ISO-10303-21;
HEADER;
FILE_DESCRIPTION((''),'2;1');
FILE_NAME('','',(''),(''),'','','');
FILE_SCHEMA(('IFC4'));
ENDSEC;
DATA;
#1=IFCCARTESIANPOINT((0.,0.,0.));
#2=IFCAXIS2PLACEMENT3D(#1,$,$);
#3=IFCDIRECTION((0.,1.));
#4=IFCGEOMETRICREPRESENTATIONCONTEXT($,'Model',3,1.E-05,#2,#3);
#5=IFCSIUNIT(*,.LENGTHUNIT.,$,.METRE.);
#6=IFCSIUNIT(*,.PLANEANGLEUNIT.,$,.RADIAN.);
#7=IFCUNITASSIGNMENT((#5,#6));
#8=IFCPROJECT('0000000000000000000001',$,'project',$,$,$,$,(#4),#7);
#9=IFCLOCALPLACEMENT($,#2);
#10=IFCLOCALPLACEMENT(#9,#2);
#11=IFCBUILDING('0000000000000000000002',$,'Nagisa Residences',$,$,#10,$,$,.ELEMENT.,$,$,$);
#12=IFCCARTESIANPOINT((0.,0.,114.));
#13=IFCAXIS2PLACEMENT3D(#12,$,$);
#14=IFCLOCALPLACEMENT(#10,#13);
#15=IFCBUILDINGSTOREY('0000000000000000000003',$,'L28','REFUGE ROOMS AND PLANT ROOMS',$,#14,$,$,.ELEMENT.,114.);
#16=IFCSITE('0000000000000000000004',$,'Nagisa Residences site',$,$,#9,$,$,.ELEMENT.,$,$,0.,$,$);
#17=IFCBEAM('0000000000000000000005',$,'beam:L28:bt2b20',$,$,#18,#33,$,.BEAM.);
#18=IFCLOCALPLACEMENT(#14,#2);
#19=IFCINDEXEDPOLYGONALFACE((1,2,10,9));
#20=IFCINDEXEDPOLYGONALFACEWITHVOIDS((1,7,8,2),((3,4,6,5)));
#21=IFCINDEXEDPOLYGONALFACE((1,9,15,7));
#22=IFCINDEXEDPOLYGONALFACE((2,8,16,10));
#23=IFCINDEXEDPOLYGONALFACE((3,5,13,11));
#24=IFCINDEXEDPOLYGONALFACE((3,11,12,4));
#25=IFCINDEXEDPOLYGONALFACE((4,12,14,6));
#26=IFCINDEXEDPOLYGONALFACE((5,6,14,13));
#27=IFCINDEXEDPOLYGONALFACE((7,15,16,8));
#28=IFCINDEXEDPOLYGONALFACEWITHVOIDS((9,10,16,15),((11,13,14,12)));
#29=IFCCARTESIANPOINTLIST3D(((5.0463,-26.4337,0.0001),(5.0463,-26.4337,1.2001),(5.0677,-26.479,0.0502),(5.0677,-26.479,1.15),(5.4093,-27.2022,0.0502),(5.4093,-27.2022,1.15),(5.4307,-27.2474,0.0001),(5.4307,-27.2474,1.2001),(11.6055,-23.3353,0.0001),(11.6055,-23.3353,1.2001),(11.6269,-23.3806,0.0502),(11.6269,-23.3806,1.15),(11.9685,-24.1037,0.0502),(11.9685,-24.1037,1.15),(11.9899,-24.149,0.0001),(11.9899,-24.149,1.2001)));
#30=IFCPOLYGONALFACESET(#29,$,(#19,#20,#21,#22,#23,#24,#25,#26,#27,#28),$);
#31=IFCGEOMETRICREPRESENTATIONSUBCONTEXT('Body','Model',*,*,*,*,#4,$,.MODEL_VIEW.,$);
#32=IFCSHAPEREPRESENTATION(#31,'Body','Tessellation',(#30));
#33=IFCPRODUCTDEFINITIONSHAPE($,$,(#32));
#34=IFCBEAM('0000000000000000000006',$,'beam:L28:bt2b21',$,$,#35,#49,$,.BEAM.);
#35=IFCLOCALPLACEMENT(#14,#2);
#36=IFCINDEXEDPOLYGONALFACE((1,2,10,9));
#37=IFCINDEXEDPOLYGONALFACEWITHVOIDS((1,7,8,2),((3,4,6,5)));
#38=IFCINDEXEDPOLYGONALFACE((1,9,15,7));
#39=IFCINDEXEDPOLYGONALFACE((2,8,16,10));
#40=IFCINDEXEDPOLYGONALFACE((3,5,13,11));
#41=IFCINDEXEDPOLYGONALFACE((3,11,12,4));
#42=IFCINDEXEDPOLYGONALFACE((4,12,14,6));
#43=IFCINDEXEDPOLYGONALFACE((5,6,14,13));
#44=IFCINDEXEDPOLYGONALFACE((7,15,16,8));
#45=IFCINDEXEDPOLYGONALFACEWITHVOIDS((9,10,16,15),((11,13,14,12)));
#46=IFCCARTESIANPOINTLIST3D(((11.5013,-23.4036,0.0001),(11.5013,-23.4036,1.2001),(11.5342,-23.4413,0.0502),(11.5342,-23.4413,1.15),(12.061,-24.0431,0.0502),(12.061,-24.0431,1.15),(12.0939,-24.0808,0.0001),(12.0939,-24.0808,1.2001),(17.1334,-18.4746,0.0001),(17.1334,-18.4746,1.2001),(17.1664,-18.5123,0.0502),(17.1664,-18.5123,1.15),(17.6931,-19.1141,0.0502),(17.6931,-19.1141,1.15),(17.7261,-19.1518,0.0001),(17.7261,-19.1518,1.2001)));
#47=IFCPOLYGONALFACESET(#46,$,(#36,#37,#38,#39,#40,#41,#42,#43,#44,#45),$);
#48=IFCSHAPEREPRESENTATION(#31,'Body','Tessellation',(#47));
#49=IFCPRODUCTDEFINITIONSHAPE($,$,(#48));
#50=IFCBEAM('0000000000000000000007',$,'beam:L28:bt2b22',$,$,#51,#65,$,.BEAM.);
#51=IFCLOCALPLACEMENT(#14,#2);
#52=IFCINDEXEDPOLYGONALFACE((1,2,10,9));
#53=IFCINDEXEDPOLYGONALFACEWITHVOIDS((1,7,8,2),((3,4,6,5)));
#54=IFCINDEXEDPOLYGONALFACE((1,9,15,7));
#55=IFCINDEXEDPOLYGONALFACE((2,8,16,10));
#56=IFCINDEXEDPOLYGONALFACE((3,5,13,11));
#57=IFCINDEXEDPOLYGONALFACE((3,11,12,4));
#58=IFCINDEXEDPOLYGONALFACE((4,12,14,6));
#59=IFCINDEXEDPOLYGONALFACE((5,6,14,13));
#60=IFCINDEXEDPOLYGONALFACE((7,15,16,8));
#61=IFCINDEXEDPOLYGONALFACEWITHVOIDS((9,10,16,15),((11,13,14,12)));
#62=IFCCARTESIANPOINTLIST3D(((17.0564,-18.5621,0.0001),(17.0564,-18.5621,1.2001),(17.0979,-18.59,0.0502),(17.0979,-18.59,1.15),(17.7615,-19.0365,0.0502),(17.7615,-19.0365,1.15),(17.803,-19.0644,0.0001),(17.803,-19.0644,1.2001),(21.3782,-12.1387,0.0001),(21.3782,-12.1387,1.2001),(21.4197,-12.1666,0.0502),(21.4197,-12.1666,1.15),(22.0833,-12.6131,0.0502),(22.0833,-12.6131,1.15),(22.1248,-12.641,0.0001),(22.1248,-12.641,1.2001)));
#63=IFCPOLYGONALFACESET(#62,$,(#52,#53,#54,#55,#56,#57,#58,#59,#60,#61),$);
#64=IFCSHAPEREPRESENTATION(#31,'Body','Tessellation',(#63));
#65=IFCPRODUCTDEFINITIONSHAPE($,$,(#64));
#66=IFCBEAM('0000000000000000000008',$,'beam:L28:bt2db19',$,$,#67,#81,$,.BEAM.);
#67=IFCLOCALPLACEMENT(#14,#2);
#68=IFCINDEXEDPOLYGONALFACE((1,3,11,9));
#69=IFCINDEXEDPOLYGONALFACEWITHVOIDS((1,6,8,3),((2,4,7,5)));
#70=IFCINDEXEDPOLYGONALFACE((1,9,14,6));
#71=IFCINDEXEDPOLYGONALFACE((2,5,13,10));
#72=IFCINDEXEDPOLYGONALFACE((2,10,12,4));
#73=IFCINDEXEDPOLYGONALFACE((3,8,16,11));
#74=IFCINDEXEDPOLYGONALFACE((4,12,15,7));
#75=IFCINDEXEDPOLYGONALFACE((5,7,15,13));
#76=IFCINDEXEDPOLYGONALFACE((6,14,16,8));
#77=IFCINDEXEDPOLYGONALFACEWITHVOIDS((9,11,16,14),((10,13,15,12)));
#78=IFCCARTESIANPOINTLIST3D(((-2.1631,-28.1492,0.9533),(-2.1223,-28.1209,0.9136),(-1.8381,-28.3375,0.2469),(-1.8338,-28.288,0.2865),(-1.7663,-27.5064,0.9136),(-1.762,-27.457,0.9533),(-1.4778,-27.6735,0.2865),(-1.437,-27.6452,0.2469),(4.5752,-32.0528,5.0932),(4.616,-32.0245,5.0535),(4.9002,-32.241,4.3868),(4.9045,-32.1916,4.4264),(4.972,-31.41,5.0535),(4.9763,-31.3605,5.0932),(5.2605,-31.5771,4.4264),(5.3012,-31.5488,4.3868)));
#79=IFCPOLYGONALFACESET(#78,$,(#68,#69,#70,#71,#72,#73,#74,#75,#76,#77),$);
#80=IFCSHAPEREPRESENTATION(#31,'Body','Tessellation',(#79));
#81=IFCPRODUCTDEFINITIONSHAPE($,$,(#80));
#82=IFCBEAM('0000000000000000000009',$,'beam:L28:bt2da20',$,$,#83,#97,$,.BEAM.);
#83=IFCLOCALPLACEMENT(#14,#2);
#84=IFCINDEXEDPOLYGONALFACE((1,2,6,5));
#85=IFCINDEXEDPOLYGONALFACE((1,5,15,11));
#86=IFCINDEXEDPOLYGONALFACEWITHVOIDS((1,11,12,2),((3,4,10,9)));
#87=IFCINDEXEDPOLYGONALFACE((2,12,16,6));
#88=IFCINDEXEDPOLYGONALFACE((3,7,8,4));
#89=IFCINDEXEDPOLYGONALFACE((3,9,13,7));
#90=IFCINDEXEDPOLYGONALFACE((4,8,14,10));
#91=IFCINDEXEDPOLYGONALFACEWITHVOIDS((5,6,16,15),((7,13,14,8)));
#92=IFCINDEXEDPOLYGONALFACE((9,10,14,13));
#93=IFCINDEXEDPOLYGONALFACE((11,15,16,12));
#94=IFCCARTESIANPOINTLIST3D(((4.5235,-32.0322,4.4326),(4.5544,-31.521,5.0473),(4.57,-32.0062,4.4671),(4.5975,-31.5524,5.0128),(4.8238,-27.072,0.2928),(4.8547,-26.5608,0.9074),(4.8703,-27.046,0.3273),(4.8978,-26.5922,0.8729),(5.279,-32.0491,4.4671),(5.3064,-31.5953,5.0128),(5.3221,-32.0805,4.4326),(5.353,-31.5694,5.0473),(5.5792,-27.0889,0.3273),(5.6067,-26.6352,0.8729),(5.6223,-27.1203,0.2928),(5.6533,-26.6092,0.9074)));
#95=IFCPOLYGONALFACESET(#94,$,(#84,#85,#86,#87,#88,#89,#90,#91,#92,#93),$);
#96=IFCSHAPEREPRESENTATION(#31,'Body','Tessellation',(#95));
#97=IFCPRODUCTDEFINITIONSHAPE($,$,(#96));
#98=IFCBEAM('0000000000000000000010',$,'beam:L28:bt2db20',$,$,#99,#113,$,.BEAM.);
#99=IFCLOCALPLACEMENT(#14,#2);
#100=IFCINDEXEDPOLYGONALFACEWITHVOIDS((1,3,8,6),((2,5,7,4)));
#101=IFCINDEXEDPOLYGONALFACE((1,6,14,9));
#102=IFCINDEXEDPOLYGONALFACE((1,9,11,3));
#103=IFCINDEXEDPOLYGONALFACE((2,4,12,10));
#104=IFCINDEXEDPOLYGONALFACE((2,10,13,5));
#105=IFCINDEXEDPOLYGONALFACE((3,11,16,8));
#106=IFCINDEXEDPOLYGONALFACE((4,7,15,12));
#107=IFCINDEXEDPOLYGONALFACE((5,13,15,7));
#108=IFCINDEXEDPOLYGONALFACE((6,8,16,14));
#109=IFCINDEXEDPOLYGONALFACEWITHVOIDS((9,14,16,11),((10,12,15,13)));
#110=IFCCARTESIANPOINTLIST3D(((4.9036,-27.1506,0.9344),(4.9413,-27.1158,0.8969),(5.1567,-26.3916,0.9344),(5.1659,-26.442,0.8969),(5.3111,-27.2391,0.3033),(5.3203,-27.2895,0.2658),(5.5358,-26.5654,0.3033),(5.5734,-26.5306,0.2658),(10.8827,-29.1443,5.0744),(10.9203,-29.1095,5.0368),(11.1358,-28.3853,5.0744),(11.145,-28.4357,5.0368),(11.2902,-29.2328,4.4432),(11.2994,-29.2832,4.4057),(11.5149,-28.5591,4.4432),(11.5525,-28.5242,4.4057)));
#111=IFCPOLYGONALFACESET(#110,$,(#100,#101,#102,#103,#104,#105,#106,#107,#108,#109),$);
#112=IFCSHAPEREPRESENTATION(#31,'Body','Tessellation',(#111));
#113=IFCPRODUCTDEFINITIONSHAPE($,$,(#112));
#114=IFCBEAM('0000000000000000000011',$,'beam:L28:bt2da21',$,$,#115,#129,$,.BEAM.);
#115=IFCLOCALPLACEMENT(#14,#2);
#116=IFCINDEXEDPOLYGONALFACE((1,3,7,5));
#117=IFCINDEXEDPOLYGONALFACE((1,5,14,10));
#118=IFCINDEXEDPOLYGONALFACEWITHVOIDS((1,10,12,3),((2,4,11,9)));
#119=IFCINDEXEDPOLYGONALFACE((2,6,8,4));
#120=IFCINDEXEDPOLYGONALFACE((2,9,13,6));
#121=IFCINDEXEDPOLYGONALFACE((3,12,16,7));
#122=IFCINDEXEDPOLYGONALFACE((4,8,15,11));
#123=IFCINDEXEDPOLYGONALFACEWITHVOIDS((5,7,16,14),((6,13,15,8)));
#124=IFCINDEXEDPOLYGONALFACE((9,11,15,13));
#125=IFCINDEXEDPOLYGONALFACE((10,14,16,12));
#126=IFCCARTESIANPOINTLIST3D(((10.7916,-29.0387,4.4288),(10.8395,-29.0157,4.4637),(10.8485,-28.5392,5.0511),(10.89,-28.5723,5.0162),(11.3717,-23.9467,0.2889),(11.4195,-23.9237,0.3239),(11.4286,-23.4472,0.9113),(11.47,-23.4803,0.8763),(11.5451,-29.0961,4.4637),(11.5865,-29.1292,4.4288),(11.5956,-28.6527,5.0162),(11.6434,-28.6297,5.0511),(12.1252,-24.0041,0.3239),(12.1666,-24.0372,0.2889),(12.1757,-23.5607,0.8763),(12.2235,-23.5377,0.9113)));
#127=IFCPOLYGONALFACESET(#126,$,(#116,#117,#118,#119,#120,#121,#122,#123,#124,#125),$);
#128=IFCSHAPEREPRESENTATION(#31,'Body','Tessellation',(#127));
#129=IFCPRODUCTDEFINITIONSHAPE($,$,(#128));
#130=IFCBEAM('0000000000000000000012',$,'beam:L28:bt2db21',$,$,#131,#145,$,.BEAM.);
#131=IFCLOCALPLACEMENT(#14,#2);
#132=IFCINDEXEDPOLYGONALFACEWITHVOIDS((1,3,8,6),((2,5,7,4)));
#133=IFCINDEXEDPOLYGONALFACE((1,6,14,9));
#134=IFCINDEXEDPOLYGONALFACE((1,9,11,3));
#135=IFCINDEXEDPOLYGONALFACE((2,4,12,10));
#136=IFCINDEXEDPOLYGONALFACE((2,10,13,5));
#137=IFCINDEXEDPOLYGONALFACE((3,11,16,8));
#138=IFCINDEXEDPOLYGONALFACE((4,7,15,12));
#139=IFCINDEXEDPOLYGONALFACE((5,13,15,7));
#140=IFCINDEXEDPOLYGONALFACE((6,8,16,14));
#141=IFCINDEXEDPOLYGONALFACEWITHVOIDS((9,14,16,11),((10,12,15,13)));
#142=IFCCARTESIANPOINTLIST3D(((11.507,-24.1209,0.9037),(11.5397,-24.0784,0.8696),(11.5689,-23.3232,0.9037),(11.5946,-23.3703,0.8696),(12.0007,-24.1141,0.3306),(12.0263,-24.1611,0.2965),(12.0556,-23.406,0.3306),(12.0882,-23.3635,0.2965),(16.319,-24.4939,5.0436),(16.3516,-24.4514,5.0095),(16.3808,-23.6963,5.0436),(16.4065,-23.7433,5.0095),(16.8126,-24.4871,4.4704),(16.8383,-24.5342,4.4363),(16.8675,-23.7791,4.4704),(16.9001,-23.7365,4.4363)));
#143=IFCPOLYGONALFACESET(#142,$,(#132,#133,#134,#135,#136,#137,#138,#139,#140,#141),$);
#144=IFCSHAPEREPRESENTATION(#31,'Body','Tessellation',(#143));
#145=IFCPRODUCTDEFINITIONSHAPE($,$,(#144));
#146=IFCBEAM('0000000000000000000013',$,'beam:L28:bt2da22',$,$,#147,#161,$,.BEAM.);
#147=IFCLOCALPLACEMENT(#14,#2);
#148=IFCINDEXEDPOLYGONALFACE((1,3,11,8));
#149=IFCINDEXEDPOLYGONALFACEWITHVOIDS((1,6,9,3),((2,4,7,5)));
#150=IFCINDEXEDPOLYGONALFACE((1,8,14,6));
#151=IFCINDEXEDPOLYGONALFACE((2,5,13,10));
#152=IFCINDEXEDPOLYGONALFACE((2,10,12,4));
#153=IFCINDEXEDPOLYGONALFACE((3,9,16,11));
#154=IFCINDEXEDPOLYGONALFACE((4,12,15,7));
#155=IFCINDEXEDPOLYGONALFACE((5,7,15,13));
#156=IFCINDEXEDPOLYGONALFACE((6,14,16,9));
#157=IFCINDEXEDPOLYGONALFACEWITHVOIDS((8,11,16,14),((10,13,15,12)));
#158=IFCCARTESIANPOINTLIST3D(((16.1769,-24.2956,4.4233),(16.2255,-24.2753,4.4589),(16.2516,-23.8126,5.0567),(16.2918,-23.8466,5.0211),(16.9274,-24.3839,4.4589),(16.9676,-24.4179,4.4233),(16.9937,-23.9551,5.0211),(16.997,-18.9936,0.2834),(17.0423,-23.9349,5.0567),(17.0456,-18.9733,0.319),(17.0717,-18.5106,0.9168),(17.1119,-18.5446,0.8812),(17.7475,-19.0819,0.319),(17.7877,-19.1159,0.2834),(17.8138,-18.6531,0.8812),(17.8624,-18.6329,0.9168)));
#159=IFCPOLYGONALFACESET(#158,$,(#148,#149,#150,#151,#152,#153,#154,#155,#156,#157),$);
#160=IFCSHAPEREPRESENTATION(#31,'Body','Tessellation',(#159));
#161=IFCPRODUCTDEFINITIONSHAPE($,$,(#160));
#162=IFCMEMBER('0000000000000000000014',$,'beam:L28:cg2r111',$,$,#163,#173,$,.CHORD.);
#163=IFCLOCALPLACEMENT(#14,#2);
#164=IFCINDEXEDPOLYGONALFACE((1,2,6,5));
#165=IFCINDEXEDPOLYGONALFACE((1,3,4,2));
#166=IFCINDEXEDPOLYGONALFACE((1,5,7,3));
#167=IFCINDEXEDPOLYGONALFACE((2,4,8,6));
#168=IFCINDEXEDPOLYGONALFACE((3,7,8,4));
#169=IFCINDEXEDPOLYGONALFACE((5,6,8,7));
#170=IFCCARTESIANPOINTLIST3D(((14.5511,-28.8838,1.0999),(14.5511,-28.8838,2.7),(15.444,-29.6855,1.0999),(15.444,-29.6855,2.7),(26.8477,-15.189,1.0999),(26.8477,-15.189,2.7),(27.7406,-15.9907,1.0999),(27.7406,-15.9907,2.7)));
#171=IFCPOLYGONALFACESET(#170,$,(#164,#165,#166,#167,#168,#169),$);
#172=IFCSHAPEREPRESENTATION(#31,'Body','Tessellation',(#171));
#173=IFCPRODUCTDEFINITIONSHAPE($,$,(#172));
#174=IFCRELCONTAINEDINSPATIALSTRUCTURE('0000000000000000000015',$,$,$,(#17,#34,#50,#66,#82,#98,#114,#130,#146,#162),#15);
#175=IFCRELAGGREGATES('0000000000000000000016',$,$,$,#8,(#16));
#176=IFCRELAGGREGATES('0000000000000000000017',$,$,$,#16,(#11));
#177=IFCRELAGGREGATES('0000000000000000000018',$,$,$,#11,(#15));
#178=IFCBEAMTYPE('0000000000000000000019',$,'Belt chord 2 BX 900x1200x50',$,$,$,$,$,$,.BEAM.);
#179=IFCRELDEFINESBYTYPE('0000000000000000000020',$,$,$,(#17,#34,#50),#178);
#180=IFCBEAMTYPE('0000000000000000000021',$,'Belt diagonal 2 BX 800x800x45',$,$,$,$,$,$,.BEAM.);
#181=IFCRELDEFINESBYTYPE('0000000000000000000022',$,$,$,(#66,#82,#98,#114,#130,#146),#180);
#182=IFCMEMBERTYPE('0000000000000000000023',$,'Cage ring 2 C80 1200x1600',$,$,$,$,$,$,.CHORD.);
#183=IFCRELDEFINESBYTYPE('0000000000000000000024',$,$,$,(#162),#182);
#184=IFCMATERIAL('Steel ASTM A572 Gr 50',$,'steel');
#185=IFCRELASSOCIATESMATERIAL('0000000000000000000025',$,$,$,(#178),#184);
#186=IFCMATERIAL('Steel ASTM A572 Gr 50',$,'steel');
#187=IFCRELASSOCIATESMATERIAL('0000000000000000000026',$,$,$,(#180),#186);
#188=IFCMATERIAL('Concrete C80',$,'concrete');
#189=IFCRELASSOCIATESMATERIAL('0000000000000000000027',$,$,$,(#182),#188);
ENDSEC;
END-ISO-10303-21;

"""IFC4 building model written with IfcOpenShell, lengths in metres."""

from ifc_helpers import new_model, si_unit, direction, frame, origin, origin_2d, place, context, subcontext, project, spatial, rectangle, hollow_rectangle, extrude, material, material_profile, profile_set, type_object, element, save


model = new_model("IFC4")

# Units and contexts
model_context = context("Model", 3, precision=1e-05, world=origin(), true_north=direction((0.0, 1.0)))
body_context = subcontext(model_context, "Body", "Model", "MODEL_VIEW")
ifc_project = project(units=[si_unit("LENGTHUNIT", "METRE"), si_unit("PLANEANGLEUNIT", "RADIAN")], contexts=[model_context])

# Site, building, storey
site_placement = place(None, origin())
site = spatial("IfcSite", under=ifc_project, at=site_placement, Name="Nagisa Residences site", CompositionType="ELEMENT", RefElevation=0.0)
building_placement = place(site_placement, origin())
building = spatial("IfcBuilding", under=site, at=building_placement, Name="Nagisa Residences", CompositionType="ELEMENT")
storey_placement = place(building_placement, frame((0.0, 0.0, 114.0)))
storey = spatial("IfcBuildingStorey", under=building, at=storey_placement, Name="L28", Description="REFUGE ROOMS AND PLANT ROOMS", CompositionType="ELEMENT", Elevation=114.0)

# Beams
ifc_material_1 = material(Name="Steel ASTM A572 Gr 50", Category="steel")
ifc_material_profile_1 = material_profile(ifc_material_1, hollow_rectangle(XDim=0.8999, YDim=1.2, WallThickness=0.05, at=origin_2d()), Name="BX 900x1200x50")
ifc_profile_set_1 = profile_set([ifc_material_profile_1], Name="Steel ASTM A572 Gr 50")
beam_type_1 = type_object("IfcBeamType", Name="Belt chord 2 BX 900x1200x50", PredefinedType="BEAM", material=ifc_profile_set_1)
beam_1_placement = place(storey_placement, frame((5.2385, -26.8406, 0.6001), z_axis=(0.904193, 0.427124, 0.0), x_axis=(-0.427124, 0.904193, 0.0)))
element("IfcBeam", 1, at=beam_1_placement, inside=storey, type_object=beam_type_1, Name="beam:L28:bt2b20", PredefinedType="BEAM", context=body_context, shape_type="SweptSolid", body=[
    extrude(hollow_rectangle(XDim=0.8999, YDim=1.2, WallThickness=0.05, at=origin_2d()), origin(), (0.0, 0.0, 1.0), 7.2542),
])
beam_2_placement = place(storey_placement, frame((11.7976, -23.7422, 0.6001), z_axis=(0.752518, 0.658572, 0.0), x_axis=(-0.658572, 0.752518, 0.0)))
element("IfcBeam", 2, at=beam_2_placement, inside=storey, type_object=beam_type_1, Name="beam:L28:bt2b21", PredefinedType="BEAM", context=body_context, shape_type="SweptSolid", body=[
    extrude(hollow_rectangle(XDim=0.8999, YDim=1.2, WallThickness=0.05, at=origin_2d()), origin(), (0.0, 0.0, 1.0), 7.4844),
])
beam_3_placement = place(storey_placement, frame((17.4297, -18.8132, 0.6001), z_axis=(0.558232, 0.829685, 0.0), x_axis=(-0.829685, 0.558232, 0.0)))
element("IfcBeam", 3, at=beam_3_placement, inside=storey, type_object=beam_type_1, Name="beam:L28:bt2b22", PredefinedType="BEAM", context=body_context, shape_type="SweptSolid", body=[
    extrude(hollow_rectangle(XDim=0.8999, YDim=1.2, WallThickness=0.05, at=origin_2d()), origin(), (0.0, 0.0, 1.0), 7.7419),
])
ifc_material_2 = material(Name="Steel ASTM A572 Gr 50", Category="steel")
ifc_material_profile_2 = material_profile(ifc_material_2, hollow_rectangle(XDim=0.8, YDim=0.8, WallThickness=0.0449, at=origin_2d()), Name="BX 800x800x45")
ifc_profile_set_2 = profile_set([ifc_material_profile_2], Name="Steel ASTM A572 Gr 50")
beam_type_2 = type_object("IfcBeamType", Name="Belt diagonal 2 BX 800x800x45", PredefinedType="BEAM", material=ifc_profile_set_2)
beam_4_placement = place(storey_placement, frame((-1.8, -27.8972, 0.6001), z_axis=(0.764034, -0.442614, 0.46941), x_axis=(0.501272, 0.86529, 0.0)))
element("IfcBeam", 4, at=beam_4_placement, inside=storey, type_object=beam_type_2, Name="beam:L28:bt2db19", PredefinedType="BEAM", context=body_context, shape_type="SweptSolid", body=[
    extrude(hollow_rectangle(XDim=0.8, YDim=0.8, WallThickness=0.0449, at=origin_2d()), origin(), (0.0, 0.0, 1.0), 8.8193),
])
beam_5_placement = place(storey_placement, frame((5.2385, -26.8406, 0.6001), z_axis=(-0.046429, -0.766907, 0.640077), x_axis=(0.998172, -0.06043, 0.0)))
element("IfcBeam", 5, at=beam_5_placement, inside=storey, type_object=beam_type_2, Name="beam:L28:bt2da20", PredefinedType="BEAM", context=body_context, shape_type="SweptSolid", body=[
    extrude(hollow_rectangle(XDim=0.8, YDim=0.8, WallThickness=0.0449, at=origin_2d()), origin(), (0.0, 0.0, 1.0), 6.4678),
])
beam_6_placement = place(storey_placement, frame((5.2385, -26.8406, 0.6001), z_axis=(0.7929, -0.264386, 0.549008), x_axis=(0.316321, 0.948652, 0.0)))
element("IfcBeam", 6, at=beam_6_placement, inside=storey, type_object=beam_type_2, Name="beam:L28:bt2db20", PredefinedType="BEAM", context=body_context, shape_type="SweptSolid", body=[
    extrude(hollow_rectangle(XDim=0.8, YDim=0.8, WallThickness=0.0449, at=origin_2d()), origin(), (0.0, 0.0, 1.0), 7.5408),
])
beam_7_placement = place(storey_placement, frame((11.7976, -23.7422, 0.6001), z_axis=(-0.088048, -0.772906, 0.628382), x_axis=(0.993574, -0.113187, 0.0)))
element("IfcBeam", 7, at=beam_7_placement, inside=storey, type_object=beam_type_2, Name="beam:L28:bt2da21", PredefinedType="BEAM", context=body_context, shape_type="SweptSolid", body=[
    extrude(hollow_rectangle(XDim=0.8, YDim=0.8, WallThickness=0.0449, at=origin_2d()), origin(), (0.0, 0.0, 1.0), 6.5881),
])
beam_8_placement = place(storey_placement, frame((11.7976, -23.7422, 0.6001), z_axis=(0.756758, -0.058667, 0.651057), x_axis=(0.077292, 0.997008, 0.0)))
element("IfcBeam", 8, at=beam_8_placement, inside=storey, type_object=beam_type_2, Name="beam:L28:bt2db21", PredefinedType="BEAM", context=body_context, shape_type="SweptSolid", body=[
    extrude(hollow_rectangle(XDim=0.8, YDim=0.8, WallThickness=0.0449, at=origin_2d()), origin(), (0.0, 0.0, 1.0), 6.3586),
])
beam_9_placement = place(storey_placement, frame((17.4297, -18.8132, 0.6001), z_axis=(-0.121015, -0.782397, 0.610909), x_axis=(0.988249, -0.152854, 0.0)))
element("IfcBeam", 9, at=beam_9_placement, inside=storey, type_object=beam_type_2, Name="beam:L28:bt2da22", PredefinedType="BEAM", context=body_context, shape_type="SweptSolid", body=[
    extrude(hollow_rectangle(XDim=0.8, YDim=0.8, WallThickness=0.0449, at=origin_2d()), origin(), (0.0, 0.0, 1.0), 6.7766),
])

# Member
ifc_material_3 = material(Name="Concrete C80", Category="concrete")
ifc_material_profile_3 = material_profile(ifc_material_3, rectangle(XDim=1.2, YDim=1.6001, at=origin_2d()), Name="C80 1200x1600")
ifc_profile_set_3 = profile_set([ifc_material_profile_3], Name="Concrete C80")
member_type_1 = type_object("IfcMemberType", Name="Cage ring 2 C80 1200x1600", PredefinedType="CHORD", material=ifc_profile_set_3)
member_1_placement = place(storey_placement, frame((14.9976, -29.2847, 1.8999), z_axis=(0.668102, 0.744069, 0.0), x_axis=(-0.744069, 0.668102, 0.0)))
element("IfcMember", 10, at=member_1_placement, inside=storey, type_object=member_type_1, Name="beam:L28:cg2r111", PredefinedType="CHORD", context=body_context, shape_type="SweptSolid", body=[
    extrude(rectangle(XDim=1.2, YDim=1.6001, at=origin_2d()), origin(), (0.0, 0.0, 1.0), 18.4053),
])

save(model, "model.ifc")
